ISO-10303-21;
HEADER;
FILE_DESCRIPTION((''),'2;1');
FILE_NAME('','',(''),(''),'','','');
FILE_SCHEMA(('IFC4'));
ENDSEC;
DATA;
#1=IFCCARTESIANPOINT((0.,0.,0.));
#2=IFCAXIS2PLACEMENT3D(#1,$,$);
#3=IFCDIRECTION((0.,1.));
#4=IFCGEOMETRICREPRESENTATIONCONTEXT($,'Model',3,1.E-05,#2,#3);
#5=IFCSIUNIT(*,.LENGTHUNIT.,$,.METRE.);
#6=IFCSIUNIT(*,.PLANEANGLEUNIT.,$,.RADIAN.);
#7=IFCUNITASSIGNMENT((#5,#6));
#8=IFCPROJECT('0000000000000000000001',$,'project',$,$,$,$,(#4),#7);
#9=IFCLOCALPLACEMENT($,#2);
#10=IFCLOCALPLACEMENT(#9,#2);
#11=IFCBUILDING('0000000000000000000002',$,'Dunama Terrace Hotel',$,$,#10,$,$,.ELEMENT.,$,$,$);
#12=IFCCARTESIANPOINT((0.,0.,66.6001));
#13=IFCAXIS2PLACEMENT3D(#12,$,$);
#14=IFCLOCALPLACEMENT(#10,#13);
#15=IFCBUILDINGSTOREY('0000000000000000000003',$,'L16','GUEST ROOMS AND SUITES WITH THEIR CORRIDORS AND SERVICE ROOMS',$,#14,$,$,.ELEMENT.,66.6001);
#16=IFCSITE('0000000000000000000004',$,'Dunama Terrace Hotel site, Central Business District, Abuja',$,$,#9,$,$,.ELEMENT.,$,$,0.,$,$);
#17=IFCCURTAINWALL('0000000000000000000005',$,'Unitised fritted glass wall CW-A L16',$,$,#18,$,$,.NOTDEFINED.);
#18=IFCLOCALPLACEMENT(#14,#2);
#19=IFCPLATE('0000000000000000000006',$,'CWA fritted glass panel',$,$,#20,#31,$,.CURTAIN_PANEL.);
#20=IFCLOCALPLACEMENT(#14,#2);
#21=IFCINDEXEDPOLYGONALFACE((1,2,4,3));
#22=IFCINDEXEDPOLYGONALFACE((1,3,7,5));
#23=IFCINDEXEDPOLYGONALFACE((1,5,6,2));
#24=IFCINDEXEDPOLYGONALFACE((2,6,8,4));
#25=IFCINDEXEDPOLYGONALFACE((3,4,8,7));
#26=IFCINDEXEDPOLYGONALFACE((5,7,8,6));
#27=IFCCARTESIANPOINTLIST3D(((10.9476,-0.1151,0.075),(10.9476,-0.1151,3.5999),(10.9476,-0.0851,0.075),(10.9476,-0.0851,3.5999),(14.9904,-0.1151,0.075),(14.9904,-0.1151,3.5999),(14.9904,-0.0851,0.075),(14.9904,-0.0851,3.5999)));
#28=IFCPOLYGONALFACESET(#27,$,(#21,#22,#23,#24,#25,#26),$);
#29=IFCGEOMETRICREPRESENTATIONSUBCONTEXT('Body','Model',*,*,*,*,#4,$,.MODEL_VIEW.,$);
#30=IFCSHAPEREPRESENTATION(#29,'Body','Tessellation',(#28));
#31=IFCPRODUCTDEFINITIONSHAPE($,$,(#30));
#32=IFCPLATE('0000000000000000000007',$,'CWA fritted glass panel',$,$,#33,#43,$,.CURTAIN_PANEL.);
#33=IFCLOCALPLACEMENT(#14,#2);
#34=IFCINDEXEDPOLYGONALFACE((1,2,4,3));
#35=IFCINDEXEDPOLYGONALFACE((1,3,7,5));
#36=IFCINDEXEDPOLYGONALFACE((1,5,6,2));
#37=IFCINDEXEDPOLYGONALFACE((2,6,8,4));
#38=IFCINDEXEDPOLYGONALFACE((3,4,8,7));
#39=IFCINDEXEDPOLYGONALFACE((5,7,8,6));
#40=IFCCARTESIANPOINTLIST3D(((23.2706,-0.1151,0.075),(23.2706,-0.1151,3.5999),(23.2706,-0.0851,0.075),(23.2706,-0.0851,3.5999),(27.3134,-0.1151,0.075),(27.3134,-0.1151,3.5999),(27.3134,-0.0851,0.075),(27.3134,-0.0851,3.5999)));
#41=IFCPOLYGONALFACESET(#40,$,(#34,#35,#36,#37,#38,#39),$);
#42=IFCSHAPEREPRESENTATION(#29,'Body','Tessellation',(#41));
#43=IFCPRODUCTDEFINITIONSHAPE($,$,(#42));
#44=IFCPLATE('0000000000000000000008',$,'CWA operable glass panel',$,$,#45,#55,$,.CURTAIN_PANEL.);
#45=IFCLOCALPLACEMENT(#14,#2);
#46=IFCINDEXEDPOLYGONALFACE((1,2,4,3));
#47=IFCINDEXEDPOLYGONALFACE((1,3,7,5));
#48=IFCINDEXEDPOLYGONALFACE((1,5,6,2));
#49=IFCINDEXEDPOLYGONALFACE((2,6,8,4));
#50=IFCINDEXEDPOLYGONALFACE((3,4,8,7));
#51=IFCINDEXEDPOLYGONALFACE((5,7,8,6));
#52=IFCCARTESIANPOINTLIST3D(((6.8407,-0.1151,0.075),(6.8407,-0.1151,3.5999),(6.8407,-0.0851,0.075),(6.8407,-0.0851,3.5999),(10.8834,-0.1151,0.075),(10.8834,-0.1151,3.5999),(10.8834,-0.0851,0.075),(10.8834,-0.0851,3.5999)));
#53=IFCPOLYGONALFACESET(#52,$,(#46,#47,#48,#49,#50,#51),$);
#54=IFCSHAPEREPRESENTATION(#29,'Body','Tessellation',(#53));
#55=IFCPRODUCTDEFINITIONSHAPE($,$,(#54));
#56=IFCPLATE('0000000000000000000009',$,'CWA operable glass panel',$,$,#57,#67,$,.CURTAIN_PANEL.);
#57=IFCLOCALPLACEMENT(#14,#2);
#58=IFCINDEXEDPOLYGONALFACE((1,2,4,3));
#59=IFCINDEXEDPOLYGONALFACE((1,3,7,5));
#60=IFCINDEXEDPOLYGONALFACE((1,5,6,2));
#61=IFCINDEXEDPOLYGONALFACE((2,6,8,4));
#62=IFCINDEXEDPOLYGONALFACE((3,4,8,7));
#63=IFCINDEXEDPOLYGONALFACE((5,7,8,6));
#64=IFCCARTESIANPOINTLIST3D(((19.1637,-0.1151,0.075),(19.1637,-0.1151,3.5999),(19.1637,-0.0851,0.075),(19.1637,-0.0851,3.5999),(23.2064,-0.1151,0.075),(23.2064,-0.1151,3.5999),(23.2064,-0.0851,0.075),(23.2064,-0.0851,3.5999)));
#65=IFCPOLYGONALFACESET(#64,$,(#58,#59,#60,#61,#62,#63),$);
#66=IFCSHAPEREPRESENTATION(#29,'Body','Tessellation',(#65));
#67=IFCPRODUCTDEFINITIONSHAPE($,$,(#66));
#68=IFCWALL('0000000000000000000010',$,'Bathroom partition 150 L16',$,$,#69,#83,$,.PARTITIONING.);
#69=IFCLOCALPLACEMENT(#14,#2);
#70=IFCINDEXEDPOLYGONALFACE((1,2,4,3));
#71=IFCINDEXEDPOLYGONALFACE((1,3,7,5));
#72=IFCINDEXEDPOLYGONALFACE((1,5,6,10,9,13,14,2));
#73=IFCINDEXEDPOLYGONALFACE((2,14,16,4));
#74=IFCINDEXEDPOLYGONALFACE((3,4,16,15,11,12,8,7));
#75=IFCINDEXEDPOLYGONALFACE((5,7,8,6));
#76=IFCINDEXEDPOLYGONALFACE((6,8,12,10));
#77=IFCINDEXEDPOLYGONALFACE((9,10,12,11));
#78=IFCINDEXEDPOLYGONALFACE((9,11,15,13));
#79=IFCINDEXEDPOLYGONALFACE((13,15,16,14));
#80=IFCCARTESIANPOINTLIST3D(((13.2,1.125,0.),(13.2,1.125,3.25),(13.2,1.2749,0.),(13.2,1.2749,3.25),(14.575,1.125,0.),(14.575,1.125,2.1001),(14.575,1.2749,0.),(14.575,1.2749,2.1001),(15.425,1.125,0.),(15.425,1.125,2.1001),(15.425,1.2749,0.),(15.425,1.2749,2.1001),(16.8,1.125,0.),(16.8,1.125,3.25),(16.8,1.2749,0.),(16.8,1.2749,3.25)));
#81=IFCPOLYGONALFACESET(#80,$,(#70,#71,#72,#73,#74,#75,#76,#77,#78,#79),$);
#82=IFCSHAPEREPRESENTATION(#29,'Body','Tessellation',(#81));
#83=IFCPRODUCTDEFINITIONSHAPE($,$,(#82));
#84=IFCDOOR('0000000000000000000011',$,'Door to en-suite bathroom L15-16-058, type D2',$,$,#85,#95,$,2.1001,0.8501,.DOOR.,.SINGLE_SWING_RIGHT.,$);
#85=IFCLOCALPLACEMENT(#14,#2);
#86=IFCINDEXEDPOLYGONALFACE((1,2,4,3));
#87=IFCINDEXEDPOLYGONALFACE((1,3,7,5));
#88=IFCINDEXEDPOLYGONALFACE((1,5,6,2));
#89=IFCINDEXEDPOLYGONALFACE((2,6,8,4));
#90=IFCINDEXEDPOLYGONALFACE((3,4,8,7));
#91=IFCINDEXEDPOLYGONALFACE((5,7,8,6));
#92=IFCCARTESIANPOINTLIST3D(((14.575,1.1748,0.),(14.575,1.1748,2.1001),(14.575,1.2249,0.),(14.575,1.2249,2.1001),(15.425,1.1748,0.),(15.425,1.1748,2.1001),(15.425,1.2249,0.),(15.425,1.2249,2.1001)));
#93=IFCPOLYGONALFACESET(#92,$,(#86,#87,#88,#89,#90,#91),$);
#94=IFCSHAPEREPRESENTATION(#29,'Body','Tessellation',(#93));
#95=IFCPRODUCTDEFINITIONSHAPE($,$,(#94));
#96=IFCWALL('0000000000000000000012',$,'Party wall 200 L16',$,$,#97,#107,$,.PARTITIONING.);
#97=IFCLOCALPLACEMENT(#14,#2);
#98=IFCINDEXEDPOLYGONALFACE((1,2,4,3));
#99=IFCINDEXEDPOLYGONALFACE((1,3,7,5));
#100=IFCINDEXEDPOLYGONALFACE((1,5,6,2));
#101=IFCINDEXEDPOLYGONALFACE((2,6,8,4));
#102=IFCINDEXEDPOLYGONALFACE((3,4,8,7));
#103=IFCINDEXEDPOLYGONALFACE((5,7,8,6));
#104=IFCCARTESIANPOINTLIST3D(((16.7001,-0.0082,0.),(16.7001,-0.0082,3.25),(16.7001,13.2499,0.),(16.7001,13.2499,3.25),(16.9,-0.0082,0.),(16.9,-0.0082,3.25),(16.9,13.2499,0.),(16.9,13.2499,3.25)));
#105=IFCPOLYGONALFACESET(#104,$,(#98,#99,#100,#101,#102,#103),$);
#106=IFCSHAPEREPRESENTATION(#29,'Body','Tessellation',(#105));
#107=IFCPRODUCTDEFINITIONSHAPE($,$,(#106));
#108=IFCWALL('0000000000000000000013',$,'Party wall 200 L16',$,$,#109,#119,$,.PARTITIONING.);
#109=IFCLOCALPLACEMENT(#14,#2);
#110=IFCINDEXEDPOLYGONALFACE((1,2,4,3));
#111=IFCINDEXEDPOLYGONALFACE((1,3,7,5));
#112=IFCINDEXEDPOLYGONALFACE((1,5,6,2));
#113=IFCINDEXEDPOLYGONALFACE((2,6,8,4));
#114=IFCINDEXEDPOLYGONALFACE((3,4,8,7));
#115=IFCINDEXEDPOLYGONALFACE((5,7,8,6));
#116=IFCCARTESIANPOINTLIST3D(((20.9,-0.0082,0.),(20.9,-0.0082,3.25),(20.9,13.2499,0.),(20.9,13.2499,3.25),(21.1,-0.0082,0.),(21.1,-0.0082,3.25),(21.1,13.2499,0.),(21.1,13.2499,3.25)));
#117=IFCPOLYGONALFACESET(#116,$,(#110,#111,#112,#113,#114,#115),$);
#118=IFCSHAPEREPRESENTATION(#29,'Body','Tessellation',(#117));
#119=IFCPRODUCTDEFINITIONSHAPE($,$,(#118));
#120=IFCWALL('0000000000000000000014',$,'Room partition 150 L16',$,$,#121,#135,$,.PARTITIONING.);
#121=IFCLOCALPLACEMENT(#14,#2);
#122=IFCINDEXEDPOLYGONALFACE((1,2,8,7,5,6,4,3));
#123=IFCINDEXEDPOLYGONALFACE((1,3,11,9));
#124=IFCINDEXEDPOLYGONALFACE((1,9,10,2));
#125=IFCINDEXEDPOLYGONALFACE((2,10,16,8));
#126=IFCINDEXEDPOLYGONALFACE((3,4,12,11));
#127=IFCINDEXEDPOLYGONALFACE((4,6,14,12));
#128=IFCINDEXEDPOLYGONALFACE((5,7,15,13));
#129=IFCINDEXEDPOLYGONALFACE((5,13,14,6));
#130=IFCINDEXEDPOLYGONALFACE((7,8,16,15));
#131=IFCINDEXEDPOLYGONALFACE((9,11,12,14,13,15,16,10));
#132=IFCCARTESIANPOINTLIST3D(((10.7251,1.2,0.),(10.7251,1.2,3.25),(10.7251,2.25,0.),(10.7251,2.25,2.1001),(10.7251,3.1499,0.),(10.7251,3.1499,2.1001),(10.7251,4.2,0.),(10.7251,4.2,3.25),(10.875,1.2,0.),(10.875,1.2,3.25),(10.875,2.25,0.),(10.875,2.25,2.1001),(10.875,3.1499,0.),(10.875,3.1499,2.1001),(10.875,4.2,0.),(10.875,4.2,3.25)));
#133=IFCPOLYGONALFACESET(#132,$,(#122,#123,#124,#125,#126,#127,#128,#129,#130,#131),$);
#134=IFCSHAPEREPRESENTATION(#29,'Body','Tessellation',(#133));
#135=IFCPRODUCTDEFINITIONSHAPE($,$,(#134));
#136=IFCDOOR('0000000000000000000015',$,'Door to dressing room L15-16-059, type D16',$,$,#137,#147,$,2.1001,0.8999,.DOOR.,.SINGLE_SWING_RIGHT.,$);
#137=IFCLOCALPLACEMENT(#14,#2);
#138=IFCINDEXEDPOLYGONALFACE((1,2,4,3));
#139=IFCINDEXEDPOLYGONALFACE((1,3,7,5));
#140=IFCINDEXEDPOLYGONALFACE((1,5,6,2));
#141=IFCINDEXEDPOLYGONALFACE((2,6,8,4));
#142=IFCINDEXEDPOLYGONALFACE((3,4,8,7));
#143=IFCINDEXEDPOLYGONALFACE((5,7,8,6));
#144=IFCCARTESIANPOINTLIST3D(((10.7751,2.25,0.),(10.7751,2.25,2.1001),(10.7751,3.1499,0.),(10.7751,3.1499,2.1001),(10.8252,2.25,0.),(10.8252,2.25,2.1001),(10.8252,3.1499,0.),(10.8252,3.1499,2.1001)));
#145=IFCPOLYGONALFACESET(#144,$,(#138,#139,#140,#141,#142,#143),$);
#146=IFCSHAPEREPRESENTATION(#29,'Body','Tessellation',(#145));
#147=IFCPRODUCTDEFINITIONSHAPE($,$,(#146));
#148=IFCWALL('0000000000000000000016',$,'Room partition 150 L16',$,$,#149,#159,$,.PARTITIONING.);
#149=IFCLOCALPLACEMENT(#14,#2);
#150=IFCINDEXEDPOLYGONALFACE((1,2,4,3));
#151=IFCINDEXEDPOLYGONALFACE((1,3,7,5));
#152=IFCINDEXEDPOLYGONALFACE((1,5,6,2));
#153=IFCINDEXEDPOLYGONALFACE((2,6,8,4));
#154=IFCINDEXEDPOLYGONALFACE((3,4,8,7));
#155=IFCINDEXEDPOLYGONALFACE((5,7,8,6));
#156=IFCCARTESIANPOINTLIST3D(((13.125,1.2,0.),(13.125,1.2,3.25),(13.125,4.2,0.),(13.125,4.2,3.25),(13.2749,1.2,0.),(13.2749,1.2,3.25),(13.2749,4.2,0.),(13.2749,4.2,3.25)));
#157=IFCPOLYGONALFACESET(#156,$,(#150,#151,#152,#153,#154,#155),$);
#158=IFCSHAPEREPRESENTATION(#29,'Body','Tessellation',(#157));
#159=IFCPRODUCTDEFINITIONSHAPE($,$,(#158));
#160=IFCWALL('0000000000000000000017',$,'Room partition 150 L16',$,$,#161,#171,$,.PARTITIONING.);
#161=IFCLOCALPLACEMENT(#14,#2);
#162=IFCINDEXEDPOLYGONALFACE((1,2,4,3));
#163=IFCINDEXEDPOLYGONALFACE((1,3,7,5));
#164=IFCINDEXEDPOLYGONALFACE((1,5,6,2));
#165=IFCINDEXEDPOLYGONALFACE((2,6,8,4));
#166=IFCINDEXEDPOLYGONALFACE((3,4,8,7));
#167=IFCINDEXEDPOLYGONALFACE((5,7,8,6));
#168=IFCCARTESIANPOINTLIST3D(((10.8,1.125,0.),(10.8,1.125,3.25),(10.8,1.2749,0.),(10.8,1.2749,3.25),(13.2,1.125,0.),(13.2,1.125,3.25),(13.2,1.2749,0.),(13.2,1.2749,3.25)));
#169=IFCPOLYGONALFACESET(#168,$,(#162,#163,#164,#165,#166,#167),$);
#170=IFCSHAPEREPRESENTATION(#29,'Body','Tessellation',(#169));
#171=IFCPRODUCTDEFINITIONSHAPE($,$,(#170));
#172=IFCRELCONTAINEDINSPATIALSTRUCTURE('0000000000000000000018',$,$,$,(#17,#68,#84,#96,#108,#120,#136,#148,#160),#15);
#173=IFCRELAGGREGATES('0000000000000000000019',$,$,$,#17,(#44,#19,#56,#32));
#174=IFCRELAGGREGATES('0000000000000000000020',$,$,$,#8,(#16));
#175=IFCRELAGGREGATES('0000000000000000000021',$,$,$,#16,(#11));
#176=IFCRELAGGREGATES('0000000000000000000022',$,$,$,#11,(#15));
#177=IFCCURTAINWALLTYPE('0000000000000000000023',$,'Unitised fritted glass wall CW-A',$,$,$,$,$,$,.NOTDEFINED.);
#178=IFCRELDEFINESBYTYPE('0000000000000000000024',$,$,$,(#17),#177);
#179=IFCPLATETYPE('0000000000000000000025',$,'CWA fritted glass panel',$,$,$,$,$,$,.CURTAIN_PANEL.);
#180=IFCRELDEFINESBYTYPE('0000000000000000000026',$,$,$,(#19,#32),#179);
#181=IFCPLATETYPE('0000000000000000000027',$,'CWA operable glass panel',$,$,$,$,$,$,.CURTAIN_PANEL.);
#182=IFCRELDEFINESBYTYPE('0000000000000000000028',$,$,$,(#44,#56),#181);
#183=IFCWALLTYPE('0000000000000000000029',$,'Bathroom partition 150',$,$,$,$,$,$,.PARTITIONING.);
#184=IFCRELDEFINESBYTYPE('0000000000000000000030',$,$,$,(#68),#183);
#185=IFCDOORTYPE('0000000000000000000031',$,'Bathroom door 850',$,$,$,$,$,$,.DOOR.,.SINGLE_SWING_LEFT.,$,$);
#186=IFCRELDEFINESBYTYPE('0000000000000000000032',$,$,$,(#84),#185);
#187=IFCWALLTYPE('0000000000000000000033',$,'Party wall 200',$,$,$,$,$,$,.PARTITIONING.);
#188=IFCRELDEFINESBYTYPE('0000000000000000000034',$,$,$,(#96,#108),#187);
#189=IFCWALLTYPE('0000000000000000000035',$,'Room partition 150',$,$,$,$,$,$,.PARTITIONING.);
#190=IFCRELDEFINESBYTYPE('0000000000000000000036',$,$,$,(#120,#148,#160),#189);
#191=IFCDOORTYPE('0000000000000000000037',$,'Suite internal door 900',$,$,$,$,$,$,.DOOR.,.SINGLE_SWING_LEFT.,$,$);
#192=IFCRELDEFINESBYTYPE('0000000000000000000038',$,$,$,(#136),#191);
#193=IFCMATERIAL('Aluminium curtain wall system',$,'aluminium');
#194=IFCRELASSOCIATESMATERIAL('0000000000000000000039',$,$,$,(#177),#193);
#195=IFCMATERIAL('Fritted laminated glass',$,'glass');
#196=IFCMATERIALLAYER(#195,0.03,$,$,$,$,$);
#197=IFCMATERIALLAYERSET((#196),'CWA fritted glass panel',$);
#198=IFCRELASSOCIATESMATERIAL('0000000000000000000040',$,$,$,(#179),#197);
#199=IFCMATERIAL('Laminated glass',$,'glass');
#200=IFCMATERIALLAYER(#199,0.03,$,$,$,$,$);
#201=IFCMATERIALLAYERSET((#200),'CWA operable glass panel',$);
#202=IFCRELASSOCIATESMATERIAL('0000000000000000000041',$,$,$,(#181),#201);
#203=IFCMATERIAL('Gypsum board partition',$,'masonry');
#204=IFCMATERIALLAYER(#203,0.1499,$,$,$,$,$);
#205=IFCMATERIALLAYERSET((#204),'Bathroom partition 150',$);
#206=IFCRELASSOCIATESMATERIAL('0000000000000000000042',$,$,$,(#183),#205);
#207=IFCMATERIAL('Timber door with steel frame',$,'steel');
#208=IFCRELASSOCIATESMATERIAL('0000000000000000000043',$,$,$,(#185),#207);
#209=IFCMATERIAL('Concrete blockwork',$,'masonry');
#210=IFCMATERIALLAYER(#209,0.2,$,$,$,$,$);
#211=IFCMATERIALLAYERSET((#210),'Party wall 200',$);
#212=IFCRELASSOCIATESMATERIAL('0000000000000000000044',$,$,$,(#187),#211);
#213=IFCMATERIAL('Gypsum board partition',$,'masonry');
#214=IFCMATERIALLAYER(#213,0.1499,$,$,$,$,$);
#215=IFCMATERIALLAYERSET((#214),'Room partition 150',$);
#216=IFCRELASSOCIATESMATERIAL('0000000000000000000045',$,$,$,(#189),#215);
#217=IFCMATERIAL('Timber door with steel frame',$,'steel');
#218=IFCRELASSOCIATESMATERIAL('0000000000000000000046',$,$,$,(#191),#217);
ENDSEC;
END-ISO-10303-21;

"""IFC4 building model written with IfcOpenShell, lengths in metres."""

from ifc_helpers import new_model, si_unit, direction, frame, frame_2d, origin, origin_2d, place, context, subcontext, project, spatial, rectangle, extrude, material, layer, layer_set, type_object, element, fill, aggregate, save


model = new_model("IFC4")

# Units and contexts
model_context = context("Model", 3, precision=1e-05, world=origin(), true_north=direction((0.0, 1.0)))
body_context = subcontext(model_context, "Body", "Model", "MODEL_VIEW")
ifc_project = project(units=[si_unit("LENGTHUNIT", "METRE"), si_unit("PLANEANGLEUNIT", "RADIAN")], contexts=[model_context])

# Site, building, storey
site_placement = place(None, origin())
site = spatial("IfcSite", under=ifc_project, at=site_placement, Name="Dunama Terrace Hotel site, Central Business District, Abuja", CompositionType="ELEMENT", RefElevation=0.0)
building_placement = place(site_placement, origin())
building = spatial("IfcBuilding", under=site, at=building_placement, Name="Dunama Terrace Hotel", CompositionType="ELEMENT")
storey_placement = place(building_placement, frame((0.0, 0.0, 66.6001)))
storey = spatial("IfcBuildingStorey", under=building, at=storey_placement, Name="L16", Description="GUEST ROOMS AND SUITES WITH THEIR CORRIDORS AND SERVICE ROOMS", CompositionType="ELEMENT", Elevation=66.6001)

# Curtain wall
ifc_material_1 = material(Name="Aluminium curtain wall system", Category="aluminium")
curtain_wall_type = type_object("IfcCurtainWallType", Name="Unitised fritted glass wall CW-A", PredefinedType="NOTDEFINED", material=ifc_material_1)
curtain_wall_placement = place(storey_placement, origin())
curtain_wall = element("IfcCurtainWall", 1, at=curtain_wall_placement, inside=storey, type_object=curtain_wall_type, Name="Unitised fritted glass wall CW-A L16", PredefinedType="NOTDEFINED")

# Plates
ifc_material_2 = material(Name="Fritted laminated glass", Category="glass")
ifc_layer_1 = layer(ifc_material_2, 0.03)
ifc_layer_set_1 = layer_set([ifc_layer_1], Name="CWA fritted glass panel")
plate_type_1 = type_object("IfcPlateType", Name="CWA fritted glass panel", PredefinedType="CURTAIN_PANEL", material=ifc_layer_set_1)
plate_1_placement = place(storey_placement, frame((12.969, -0.1001, 0.075), z_axis=(0.0, 0.0, 1.0), x_axis=(1.0, 0.0, 0.0)))
plate_1 = element("IfcPlate", 2, at=plate_1_placement, type_object=plate_type_1, Name="CWA fritted glass panel", PredefinedType="CURTAIN_PANEL", context=body_context, shape_type="SweptSolid", body=[
    extrude(rectangle(XDim=4.0427, YDim=0.03, at=origin_2d()), origin(), (0.0, 0.0, 1.0), 3.5249),
])
plate_2_placement = place(storey_placement, frame((25.292, -0.1001, 0.075), z_axis=(0.0, 0.0, 1.0), x_axis=(1.0, 0.0, 0.0)))
plate_2 = element("IfcPlate", 3, at=plate_2_placement, type_object=plate_type_1, Name="CWA fritted glass panel", PredefinedType="CURTAIN_PANEL", context=body_context, shape_type="SweptSolid", body=[
    extrude(rectangle(XDim=4.0427, YDim=0.03, at=origin_2d()), origin(), (0.0, 0.0, 1.0), 3.5249),
])
ifc_material_3 = material(Name="Laminated glass", Category="glass")
ifc_layer_2 = layer(ifc_material_3, 0.03)
ifc_layer_set_2 = layer_set([ifc_layer_2], Name="CWA operable glass panel")
plate_type_2 = type_object("IfcPlateType", Name="CWA operable glass panel", PredefinedType="CURTAIN_PANEL", material=ifc_layer_set_2)
plate_3_placement = place(storey_placement, frame((8.8621, -0.1001, 0.075), z_axis=(0.0, 0.0, 1.0), x_axis=(1.0, 0.0, 0.0)))
plate_3 = element("IfcPlate", 4, at=plate_3_placement, type_object=plate_type_2, Name="CWA operable glass panel", PredefinedType="CURTAIN_PANEL", context=body_context, shape_type="SweptSolid", body=[
    extrude(rectangle(XDim=4.0427, YDim=0.03, at=origin_2d()), origin(), (0.0, 0.0, 1.0), 3.5249),
])
plate_4_placement = place(storey_placement, frame((21.1851, -0.1001, 0.075), z_axis=(0.0, 0.0, 1.0), x_axis=(1.0, 0.0, 0.0)))
plate_4 = element("IfcPlate", 5, at=plate_4_placement, type_object=plate_type_2, Name="CWA operable glass panel", PredefinedType="CURTAIN_PANEL", context=body_context, shape_type="SweptSolid", body=[
    extrude(rectangle(XDim=4.0427, YDim=0.03, at=origin_2d()), origin(), (0.0, 0.0, 1.0), 3.5249),
])
aggregate(curtain_wall, [plate_3, plate_1, plate_4, plate_2])

# Wall, opening, door
ifc_material_4 = material(Name="Gypsum board partition", Category="masonry")
ifc_layer_3 = layer(ifc_material_4, 0.1499)
ifc_layer_set_3 = layer_set([ifc_layer_3], Name="Bathroom partition 150")
wall_type_1 = type_object("IfcWallType", Name="Bathroom partition 150", PredefinedType="PARTITIONING", material=ifc_layer_set_3)
wall_1_placement = place(storey_placement, frame((13.2, 1.2, 0.0), z_axis=(0.0, 0.0, 1.0), x_axis=(1.0, 0.0, 0.0)))
wall_1 = element("IfcWall", 6, at=wall_1_placement, inside=storey, type_object=wall_type_1, Name="Bathroom partition 150 L16", PredefinedType="PARTITIONING", context=body_context, shape_type="SweptSolid", body=[
    extrude(rectangle(XDim=3.6001, YDim=0.1499, at=frame_2d((1.8, 0.0))), origin(), (0.0, 0.0, 1.0), 3.25),
])
opening_1_placement = place(wall_1_placement, frame((1.375, 0.0, 0.0)))
opening_1 = element("IfcOpeningElement", 7, at=opening_1_placement, cuts=wall_1, PredefinedType="OPENING", context=body_context, shape_type="SweptSolid", body=[
    extrude(rectangle(XDim=0.8501, YDim=2.1001, at=frame_2d((0.425, 1.05))), frame((0.0, 0.085, 0.0), z_axis=(0.0, -1.0, 0.0), x_axis=(1.0, 0.0, 0.0)), (0.0, 0.0, 1.0), 0.1699),
])
ifc_material_5 = material(Name="Timber door with steel frame", Category="steel")
door_type_1 = type_object("IfcDoorType", Name="Bathroom door 850", OperationType="SINGLE_SWING_LEFT", PredefinedType="DOOR", material=ifc_material_5)
door_1_placement = place(opening_1_placement, origin())
door_1 = element("IfcDoor", 8, at=door_1_placement, inside=storey, type_object=door_type_1, Name="Door to en-suite bathroom L15-16-058, type D2", OperationType="SINGLE_SWING_RIGHT", OverallHeight=2.1001, OverallWidth=0.8501, PredefinedType="DOOR", context=body_context, shape_type="SweptSolid", body=[
    extrude(rectangle(XDim=0.8501, YDim=2.1001, at=frame_2d((0.425, 1.05))), frame((0.0, 0.0249, 0.0), z_axis=(0.0, -1.0, 0.0), x_axis=(1.0, 0.0, 0.0)), (0.0, 0.0, 1.0), 0.05),
])
fill(opening_1, door_1)

# Walls
ifc_material_6 = material(Name="Concrete blockwork", Category="masonry")
ifc_layer_4 = layer(ifc_material_6, 0.2)
ifc_layer_set_4 = layer_set([ifc_layer_4], Name="Party wall 200")
wall_type_2 = type_object("IfcWallType", Name="Party wall 200", PredefinedType="PARTITIONING", material=ifc_layer_set_4)
for number, where, z_axis, x_axis, name in (
    (9, (16.8, -0.0081, 0.0), (0.0, 0.0, 1.0), (0.0, 1.0, 0.0), "Party wall 200 L16"),
    (10, (21.0, -0.0081, 0.0), (0.0, 0.0, 1.0), (0.0, 1.0, 0.0), "Party wall 200 L16"),
):
    element("IfcWall", number, at=place(storey_placement, frame(where, z_axis=z_axis, x_axis=x_axis)), inside=storey, type_object=wall_type_2, Name=name, PredefinedType="PARTITIONING", context=body_context, shape_type="SweptSolid", body=[
        extrude(rectangle(XDim=13.2581, YDim=0.2, at=frame_2d((6.6289, 0.0))), origin(), (0.0, 0.0, 1.0), 3.25),
    ])

# Wall, opening, door
ifc_material_7 = material(Name="Gypsum board partition", Category="masonry")
ifc_layer_5 = layer(ifc_material_7, 0.1499)
ifc_layer_set_5 = layer_set([ifc_layer_5], Name="Room partition 150")
wall_type_3 = type_object("IfcWallType", Name="Room partition 150", PredefinedType="PARTITIONING", material=ifc_layer_set_5)
wall_2_placement = place(storey_placement, frame((10.8, 1.2, 0.0), z_axis=(0.0, 0.0, 1.0), x_axis=(0.0, 1.0, 0.0)))
wall_2 = element("IfcWall", 11, at=wall_2_placement, inside=storey, type_object=wall_type_3, Name="Room partition 150 L16", PredefinedType="PARTITIONING", context=body_context, shape_type="SweptSolid", body=[
    extrude(rectangle(XDim=3.0, YDim=0.1499, at=frame_2d((1.5, 0.0))), origin(), (0.0, 0.0, 1.0), 3.25),
])
opening_2_placement = place(wall_2_placement, frame((1.05, 0.0, 0.0)))
opening_2 = element("IfcOpeningElement", 12, at=opening_2_placement, cuts=wall_2, PredefinedType="OPENING", context=body_context, shape_type="SweptSolid", body=[
    extrude(rectangle(XDim=0.8999, YDim=2.1001, at=frame_2d((0.45, 1.05))), frame((0.0, 0.085, 0.0), z_axis=(0.0, -1.0, 0.0), x_axis=(1.0, 0.0, 0.0)), (0.0, 0.0, 1.0), 0.1699),
])
ifc_material_8 = material(Name="Timber door with steel frame", Category="steel")
door_type_2 = type_object("IfcDoorType", Name="Suite internal door 900", OperationType="SINGLE_SWING_LEFT", PredefinedType="DOOR", material=ifc_material_8)
door_2_placement = place(opening_2_placement, frame((0.8999, 0.0, 0.0), z_axis=(0.0, 0.0, 1.0), x_axis=(-1.0, 0.0, 0.0)))
door_2 = element("IfcDoor", 13, at=door_2_placement, inside=storey, type_object=door_type_2, Name="Door to dressing room L15-16-059, type D16", OperationType="SINGLE_SWING_RIGHT", OverallHeight=2.1001, OverallWidth=0.8999, PredefinedType="DOOR", context=body_context, shape_type="SweptSolid", body=[
    extrude(rectangle(XDim=0.8999, YDim=2.1001, at=frame_2d((0.45, 1.05))), frame((0.0, 0.0251, 0.0), z_axis=(0.0, -1.0, 0.0), x_axis=(1.0, 0.0, 0.0)), (0.0, 0.0, 1.0), 0.05),
])
fill(opening_2, door_2)

# Walls
wall_3_placement = place(storey_placement, frame((13.2, 1.2, 0.0), z_axis=(0.0, 0.0, 1.0), x_axis=(0.0, 1.0, 0.0)))
element("IfcWall", 14, at=wall_3_placement, inside=storey, type_object=wall_type_3, Name="Room partition 150 L16", PredefinedType="PARTITIONING", context=body_context, shape_type="SweptSolid", body=[
    extrude(rectangle(XDim=3.0, YDim=0.1499, at=frame_2d((1.5, 0.0))), origin(), (0.0, 0.0, 1.0), 3.25),
])
wall_4_placement = place(storey_placement, frame((10.8, 1.2, 0.0), z_axis=(0.0, 0.0, 1.0), x_axis=(1.0, 0.0, 0.0)))
element("IfcWall", 15, at=wall_4_placement, inside=storey, type_object=wall_type_3, Name="Room partition 150 L16", PredefinedType="PARTITIONING", context=body_context, shape_type="SweptSolid", body=[
    extrude(rectangle(XDim=2.3999, YDim=0.1499, at=frame_2d((1.2, 0.0))), origin(), (0.0, 0.0, 1.0), 3.25),
])

save(model, "model.ifc")
